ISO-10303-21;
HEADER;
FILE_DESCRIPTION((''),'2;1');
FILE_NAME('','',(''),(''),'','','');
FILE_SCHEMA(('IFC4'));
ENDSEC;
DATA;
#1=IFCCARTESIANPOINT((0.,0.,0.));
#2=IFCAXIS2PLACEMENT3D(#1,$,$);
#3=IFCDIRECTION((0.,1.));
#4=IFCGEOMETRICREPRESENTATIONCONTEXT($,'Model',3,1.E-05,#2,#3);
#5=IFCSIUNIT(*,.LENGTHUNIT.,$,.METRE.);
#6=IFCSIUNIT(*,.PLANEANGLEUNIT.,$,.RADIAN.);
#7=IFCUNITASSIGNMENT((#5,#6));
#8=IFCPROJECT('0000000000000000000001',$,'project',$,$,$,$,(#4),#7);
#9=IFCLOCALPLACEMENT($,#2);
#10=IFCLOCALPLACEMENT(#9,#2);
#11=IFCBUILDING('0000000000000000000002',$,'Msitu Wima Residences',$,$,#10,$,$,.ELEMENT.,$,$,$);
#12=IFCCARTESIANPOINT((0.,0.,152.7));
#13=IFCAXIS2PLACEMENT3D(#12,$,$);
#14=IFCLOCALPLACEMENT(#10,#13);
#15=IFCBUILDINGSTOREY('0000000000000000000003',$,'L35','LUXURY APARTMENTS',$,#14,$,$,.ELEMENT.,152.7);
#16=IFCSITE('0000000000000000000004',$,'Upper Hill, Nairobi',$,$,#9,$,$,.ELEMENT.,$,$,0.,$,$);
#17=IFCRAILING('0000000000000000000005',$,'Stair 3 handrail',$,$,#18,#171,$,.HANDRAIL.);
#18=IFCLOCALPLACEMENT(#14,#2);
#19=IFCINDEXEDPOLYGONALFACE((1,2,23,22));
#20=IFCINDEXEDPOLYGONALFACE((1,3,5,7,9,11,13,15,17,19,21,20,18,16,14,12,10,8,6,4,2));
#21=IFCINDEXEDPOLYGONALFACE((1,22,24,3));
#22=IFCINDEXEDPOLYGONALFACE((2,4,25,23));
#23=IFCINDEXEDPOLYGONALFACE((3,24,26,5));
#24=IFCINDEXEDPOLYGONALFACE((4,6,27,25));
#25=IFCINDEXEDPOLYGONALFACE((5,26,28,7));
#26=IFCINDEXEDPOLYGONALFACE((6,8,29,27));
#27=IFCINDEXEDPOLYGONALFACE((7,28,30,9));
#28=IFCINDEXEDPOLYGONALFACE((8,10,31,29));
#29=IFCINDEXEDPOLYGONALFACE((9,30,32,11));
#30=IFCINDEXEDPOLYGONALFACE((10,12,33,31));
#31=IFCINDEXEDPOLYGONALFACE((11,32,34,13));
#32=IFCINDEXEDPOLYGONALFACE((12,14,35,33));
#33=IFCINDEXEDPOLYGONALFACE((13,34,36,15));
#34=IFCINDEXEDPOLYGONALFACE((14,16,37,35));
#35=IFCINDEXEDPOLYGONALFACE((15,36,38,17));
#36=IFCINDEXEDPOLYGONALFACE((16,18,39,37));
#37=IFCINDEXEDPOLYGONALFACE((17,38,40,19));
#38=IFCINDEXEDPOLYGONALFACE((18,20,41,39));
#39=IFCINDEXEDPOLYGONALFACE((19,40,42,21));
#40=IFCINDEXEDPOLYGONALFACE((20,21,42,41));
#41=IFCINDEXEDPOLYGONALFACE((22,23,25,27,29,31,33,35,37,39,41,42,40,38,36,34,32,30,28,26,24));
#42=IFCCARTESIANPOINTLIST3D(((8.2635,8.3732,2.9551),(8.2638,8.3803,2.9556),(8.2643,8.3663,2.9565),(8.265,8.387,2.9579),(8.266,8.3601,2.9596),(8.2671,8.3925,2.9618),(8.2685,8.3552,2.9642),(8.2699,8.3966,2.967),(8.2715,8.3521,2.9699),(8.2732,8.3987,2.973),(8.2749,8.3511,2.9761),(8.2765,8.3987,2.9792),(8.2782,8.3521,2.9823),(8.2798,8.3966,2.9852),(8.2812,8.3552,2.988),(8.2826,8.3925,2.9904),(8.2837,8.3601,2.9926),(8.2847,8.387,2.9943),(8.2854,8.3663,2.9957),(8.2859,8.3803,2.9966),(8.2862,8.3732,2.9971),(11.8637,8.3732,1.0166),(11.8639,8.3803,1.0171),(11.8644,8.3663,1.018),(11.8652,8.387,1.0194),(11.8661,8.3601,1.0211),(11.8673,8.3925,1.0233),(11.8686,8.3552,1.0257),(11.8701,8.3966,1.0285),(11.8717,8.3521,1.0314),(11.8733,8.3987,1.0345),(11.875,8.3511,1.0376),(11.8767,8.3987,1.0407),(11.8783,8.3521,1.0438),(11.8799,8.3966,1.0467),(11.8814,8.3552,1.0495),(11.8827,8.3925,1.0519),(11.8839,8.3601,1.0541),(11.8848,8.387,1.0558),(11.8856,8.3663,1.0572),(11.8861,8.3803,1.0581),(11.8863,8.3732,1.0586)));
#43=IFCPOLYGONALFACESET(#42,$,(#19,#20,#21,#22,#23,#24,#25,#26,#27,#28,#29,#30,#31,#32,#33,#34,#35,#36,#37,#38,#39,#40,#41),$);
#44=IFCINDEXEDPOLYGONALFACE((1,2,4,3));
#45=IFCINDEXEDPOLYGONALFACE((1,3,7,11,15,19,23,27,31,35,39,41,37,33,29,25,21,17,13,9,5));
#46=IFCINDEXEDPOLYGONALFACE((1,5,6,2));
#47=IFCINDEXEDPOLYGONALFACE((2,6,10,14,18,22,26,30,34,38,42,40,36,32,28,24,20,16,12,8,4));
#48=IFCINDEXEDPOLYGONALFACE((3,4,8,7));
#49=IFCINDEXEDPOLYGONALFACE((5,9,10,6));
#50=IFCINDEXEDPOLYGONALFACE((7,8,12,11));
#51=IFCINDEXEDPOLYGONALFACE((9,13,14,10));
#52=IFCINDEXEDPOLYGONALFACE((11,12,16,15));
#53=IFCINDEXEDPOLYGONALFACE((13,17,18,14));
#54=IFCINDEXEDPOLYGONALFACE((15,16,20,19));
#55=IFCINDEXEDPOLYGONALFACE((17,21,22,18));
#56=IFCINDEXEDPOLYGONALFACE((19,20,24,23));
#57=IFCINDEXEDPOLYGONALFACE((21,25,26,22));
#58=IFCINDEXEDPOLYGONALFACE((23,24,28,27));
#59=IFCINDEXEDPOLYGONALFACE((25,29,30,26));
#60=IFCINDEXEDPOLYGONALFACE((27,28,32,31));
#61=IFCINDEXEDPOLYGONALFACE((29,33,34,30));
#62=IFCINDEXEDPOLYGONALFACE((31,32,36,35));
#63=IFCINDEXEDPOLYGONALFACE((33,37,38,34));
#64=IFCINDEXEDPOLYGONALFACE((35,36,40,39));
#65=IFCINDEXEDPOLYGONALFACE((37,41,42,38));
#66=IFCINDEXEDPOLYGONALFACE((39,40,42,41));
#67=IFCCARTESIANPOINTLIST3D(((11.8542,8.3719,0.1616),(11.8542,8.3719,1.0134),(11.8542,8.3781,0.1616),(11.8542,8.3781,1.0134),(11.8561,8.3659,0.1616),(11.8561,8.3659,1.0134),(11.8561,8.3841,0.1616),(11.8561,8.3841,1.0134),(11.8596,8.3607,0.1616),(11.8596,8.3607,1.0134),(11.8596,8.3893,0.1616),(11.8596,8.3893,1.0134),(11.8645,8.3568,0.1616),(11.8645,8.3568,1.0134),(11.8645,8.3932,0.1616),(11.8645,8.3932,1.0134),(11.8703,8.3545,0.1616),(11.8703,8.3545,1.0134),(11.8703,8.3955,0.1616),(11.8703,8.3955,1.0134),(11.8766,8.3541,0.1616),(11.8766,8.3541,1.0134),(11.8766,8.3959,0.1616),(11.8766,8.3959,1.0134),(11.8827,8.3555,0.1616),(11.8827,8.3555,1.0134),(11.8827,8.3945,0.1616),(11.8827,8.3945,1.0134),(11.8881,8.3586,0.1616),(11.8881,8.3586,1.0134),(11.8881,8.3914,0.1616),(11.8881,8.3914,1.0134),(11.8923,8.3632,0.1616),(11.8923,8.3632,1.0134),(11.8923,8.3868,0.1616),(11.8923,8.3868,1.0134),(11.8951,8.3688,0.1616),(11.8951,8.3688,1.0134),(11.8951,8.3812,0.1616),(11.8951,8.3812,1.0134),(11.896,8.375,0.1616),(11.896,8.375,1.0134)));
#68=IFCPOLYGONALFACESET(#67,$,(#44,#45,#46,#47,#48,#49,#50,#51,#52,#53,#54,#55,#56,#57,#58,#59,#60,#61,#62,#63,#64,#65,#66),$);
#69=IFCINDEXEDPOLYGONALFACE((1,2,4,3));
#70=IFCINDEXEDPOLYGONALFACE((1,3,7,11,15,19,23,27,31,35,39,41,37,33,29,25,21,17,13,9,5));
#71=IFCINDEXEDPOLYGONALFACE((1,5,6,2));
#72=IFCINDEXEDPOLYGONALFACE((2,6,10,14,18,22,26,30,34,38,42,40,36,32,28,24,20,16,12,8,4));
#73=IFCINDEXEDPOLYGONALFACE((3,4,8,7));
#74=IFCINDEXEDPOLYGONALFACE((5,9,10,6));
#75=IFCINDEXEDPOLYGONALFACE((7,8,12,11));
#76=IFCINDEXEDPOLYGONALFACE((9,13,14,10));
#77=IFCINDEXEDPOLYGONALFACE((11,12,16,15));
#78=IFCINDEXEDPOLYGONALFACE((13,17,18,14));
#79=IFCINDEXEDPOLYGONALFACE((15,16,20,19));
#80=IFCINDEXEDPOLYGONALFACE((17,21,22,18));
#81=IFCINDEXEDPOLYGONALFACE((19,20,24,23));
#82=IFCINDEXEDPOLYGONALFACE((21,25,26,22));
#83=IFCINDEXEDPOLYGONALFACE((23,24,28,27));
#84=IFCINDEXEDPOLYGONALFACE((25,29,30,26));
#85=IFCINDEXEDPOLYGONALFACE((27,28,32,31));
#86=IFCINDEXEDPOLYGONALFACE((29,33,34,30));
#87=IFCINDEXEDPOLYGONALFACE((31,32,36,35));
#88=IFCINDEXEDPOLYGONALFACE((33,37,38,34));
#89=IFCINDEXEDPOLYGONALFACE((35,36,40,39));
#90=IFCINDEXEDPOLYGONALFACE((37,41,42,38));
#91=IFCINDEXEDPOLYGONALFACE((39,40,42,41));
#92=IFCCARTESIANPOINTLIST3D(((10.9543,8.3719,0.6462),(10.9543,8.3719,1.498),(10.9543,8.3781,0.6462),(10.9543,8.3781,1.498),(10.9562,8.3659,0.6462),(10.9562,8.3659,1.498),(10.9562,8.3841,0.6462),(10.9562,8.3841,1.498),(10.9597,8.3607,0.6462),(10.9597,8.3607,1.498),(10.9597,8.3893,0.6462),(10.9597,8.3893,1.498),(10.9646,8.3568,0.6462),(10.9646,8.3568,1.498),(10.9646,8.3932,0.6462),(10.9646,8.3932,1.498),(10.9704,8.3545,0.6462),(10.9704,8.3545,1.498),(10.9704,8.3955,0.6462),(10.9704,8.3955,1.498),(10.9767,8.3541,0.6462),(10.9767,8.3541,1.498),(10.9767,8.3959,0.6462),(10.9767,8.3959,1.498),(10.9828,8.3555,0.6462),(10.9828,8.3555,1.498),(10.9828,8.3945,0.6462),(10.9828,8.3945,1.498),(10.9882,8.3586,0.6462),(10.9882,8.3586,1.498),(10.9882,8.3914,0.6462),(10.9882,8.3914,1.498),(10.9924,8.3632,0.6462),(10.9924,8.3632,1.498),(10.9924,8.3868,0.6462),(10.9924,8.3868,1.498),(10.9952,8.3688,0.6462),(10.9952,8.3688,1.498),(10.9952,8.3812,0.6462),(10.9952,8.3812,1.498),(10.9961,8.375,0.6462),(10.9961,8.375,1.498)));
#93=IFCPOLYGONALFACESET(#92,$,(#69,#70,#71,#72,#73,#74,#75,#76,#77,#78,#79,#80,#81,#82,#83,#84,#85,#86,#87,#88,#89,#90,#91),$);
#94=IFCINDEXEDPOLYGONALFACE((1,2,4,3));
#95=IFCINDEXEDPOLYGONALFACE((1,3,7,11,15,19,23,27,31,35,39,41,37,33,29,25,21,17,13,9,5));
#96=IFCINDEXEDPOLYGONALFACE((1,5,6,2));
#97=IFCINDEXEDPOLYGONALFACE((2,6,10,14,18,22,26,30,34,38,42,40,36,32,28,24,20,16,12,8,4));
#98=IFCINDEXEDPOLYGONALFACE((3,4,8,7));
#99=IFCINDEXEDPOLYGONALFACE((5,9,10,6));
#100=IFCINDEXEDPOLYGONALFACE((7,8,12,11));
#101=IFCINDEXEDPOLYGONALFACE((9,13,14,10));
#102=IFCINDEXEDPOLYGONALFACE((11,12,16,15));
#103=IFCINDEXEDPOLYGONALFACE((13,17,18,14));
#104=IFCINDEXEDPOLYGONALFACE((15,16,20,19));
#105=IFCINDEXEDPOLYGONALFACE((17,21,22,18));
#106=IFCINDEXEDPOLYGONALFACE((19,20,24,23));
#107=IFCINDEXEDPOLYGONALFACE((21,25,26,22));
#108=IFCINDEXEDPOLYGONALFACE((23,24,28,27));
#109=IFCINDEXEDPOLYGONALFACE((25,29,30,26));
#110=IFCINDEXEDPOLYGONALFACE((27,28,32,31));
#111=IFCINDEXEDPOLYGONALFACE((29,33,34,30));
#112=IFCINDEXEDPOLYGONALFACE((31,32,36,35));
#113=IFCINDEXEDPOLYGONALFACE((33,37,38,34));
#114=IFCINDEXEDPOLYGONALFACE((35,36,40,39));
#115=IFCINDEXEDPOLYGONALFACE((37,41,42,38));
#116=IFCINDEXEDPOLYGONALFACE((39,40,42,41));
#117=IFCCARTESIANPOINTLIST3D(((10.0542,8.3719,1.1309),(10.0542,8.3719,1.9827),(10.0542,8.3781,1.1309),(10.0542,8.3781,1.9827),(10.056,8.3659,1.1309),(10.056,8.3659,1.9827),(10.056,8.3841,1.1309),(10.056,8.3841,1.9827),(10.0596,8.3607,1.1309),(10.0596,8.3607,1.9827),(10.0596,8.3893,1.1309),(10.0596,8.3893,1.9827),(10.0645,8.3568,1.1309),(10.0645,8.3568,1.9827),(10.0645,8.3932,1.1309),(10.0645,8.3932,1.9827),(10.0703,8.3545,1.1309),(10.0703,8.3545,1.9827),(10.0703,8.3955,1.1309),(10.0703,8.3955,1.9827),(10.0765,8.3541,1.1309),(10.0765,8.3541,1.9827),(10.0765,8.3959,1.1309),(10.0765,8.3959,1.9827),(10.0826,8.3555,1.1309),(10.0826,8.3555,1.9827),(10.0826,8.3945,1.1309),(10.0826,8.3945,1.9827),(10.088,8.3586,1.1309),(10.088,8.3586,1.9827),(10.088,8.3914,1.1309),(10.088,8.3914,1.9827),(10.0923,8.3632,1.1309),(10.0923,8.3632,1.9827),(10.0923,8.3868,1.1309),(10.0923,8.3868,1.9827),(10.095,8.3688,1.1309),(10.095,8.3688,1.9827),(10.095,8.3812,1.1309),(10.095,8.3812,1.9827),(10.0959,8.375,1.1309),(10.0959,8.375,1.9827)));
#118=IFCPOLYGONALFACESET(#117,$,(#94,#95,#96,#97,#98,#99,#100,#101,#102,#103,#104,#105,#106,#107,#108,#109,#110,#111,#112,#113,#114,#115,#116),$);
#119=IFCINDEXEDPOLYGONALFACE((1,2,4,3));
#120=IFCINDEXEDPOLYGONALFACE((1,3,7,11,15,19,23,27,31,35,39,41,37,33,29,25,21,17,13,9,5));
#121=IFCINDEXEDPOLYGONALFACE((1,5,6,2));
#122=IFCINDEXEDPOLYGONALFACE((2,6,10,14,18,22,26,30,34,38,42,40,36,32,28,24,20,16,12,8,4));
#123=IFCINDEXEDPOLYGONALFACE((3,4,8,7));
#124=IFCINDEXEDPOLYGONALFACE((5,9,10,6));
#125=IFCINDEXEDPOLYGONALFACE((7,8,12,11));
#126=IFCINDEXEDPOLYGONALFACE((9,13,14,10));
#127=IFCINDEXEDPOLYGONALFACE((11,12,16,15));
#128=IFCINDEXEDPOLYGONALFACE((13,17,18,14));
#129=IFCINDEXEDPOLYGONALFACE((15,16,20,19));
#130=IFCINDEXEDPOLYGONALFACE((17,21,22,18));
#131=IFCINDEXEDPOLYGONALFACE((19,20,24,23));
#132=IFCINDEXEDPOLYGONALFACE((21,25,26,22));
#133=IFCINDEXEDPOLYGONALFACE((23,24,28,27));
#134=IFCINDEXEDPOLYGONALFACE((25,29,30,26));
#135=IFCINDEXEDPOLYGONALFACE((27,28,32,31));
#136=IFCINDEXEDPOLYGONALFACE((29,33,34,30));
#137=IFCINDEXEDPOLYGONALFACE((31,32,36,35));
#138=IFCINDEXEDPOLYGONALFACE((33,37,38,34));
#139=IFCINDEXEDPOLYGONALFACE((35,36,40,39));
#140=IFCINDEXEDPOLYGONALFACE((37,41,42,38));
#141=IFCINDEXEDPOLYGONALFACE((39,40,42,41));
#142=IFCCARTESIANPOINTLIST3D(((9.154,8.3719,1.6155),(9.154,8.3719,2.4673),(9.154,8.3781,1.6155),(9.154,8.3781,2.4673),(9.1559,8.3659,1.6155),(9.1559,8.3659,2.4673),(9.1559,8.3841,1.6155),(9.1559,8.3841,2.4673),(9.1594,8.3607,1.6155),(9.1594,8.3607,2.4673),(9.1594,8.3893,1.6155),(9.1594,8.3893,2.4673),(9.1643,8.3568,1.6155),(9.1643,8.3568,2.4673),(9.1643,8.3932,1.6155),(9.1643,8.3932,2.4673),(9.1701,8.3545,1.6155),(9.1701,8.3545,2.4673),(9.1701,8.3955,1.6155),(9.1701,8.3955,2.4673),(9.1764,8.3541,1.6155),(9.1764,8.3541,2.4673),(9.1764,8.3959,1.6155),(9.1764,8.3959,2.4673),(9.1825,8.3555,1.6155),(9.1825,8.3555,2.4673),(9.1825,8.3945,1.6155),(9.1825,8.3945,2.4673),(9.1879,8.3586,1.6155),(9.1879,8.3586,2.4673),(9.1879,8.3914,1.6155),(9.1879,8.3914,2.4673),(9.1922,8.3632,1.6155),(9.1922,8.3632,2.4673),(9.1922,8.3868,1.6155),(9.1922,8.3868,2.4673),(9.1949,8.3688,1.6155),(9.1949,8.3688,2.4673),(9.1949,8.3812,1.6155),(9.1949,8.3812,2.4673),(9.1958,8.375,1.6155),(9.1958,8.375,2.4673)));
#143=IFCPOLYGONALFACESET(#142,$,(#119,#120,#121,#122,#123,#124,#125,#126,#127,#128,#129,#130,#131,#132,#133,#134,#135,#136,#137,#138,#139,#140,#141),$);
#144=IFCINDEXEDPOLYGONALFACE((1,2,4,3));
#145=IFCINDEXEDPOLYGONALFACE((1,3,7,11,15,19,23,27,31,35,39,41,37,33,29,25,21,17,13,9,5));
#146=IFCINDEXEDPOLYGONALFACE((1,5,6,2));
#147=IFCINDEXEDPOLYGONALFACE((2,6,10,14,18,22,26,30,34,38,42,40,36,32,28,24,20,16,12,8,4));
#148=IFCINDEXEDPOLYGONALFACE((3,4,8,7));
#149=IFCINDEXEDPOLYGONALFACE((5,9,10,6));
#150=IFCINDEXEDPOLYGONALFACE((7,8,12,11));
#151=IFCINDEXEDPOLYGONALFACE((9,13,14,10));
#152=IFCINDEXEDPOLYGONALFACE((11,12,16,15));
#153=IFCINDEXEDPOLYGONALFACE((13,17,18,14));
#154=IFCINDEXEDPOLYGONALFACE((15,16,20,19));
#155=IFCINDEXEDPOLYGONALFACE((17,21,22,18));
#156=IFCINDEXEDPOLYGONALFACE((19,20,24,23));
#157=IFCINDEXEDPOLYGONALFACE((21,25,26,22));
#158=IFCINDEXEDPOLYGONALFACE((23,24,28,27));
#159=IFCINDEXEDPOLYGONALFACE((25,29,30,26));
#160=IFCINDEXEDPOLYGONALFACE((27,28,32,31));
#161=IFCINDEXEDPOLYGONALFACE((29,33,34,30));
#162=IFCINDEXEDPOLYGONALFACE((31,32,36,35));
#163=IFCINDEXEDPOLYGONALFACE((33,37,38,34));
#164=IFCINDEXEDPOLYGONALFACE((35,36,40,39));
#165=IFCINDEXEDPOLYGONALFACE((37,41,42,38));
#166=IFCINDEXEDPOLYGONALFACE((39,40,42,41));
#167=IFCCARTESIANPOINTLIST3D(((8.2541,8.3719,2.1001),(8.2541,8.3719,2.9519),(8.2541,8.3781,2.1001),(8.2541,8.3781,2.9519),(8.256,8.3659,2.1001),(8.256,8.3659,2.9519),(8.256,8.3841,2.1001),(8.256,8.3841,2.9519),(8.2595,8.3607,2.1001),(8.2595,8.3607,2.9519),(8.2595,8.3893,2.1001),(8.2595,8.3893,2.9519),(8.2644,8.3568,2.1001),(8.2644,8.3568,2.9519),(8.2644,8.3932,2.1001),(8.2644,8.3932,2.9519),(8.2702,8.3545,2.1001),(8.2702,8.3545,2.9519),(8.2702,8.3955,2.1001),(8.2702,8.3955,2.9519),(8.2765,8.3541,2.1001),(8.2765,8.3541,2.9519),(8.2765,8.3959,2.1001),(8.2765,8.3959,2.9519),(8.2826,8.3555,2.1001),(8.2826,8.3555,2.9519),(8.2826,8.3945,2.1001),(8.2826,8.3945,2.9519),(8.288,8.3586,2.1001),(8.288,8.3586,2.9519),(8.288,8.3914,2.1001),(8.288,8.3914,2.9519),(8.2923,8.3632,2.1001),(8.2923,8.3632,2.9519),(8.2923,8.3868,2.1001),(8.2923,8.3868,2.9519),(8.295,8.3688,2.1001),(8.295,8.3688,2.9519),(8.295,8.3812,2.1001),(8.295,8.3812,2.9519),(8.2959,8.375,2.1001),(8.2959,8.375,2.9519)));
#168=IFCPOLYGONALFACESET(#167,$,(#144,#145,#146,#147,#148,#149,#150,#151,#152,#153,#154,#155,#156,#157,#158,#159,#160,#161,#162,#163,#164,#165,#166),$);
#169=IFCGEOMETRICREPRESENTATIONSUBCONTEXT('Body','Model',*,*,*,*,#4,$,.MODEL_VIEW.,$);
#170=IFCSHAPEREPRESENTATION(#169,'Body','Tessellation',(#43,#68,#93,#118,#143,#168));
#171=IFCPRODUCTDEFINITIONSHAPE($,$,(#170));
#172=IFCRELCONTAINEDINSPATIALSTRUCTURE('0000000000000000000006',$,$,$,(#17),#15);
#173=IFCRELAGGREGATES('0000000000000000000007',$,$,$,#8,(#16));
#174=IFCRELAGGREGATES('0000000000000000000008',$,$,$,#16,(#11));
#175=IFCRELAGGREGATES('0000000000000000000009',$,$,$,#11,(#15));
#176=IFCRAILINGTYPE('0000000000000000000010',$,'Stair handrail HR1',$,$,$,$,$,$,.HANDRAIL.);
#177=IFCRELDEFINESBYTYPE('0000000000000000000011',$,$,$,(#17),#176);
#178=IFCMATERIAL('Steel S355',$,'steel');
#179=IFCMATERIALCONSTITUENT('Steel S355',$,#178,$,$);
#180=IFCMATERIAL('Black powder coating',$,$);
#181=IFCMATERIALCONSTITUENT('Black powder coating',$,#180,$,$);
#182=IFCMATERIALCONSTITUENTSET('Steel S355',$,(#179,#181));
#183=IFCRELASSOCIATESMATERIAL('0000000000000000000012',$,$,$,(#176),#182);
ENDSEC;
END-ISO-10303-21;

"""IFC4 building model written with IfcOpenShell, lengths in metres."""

from ifc_helpers import new_model, si_unit, direction, frame, origin, origin_2d, place, context, subcontext, project, spatial, circle, extrude, material, constituent, constituent_set, type_object, element, save


model = new_model("IFC4")

# Units and contexts
model_context = context("Model", 3, precision=1e-05, world=origin(), true_north=direction((0.0, 1.0)))
body_context = subcontext(model_context, "Body", "Model", "MODEL_VIEW")
ifc_project = project(units=[si_unit("LENGTHUNIT", "METRE"), si_unit("PLANEANGLEUNIT", "RADIAN")], contexts=[model_context])

# Site, building, storey
site_placement = place(None, origin())
site = spatial("IfcSite", under=ifc_project, at=site_placement, Name="Upper Hill, Nairobi", CompositionType="ELEMENT", RefElevation=0.0)
building_placement = place(site_placement, origin())
building = spatial("IfcBuilding", under=site, at=building_placement, Name="Msitu Wima Residences", CompositionType="ELEMENT")
storey_placement = place(building_placement, frame((0.0, 0.0, 152.7)))
storey = spatial("IfcBuildingStorey", under=building, at=storey_placement, Name="L35", Description="LUXURY APARTMENTS", CompositionType="ELEMENT", Elevation=152.7)

# Railing
ifc_material_1 = material(Name="Steel S355", Category="steel")
ifc_constituent_1 = constituent(ifc_material_1, Name="Steel S355")
ifc_material_2 = material(Name="Black powder coating")
ifc_constituent_2 = constituent(ifc_material_2, Name="Black powder coating")
ifc_constituent_set_1 = constituent_set(constituents=[ifc_constituent_1, ifc_constituent_2], Name="Steel S355")
railing_type_1 = type_object("IfcRailingType", Name="Stair handrail HR1", PredefinedType="HANDRAIL", material=ifc_constituent_set_1)
for number, where, name in (
    (1, (11.875, 8.375, 0.1616), "Stair 3 handrail"),
):
    element("IfcRailing", number, at=place(storey_placement, frame(where)), inside=storey, type_object=railing_type_1, Name=name, PredefinedType="HANDRAIL", context=body_context, shape_type="SweptSolid", body=[
        extrude(circle(Radius=0.0239, at=origin_2d()), frame((0.0, 0.0, 0.876), z_axis=(-0.880475, 0.0, 0.474093), x_axis=(0.0, -1.0, 0.0)), (0.0, 0.0, 1.0), 4.0889),
        extrude(circle(Radius=0.021, at=origin_2d()), origin(), (0.0, 0.0, 1.0), 0.8518),
        extrude(circle(Radius=0.021, at=origin_2d()), frame((-0.8999, 0.0, 0.4846)), (0.0, 0.0, 1.0), 0.8518),
        extrude(circle(Radius=0.021, at=origin_2d()), frame((-1.8, 0.0, 0.9692)), (0.0, 0.0, 1.0), 0.8518),
        extrude(circle(Radius=0.021, at=origin_2d()), frame((-2.7002, 0.0, 1.4539)), (0.0, 0.0, 1.0), 0.8518),
        extrude(circle(Radius=0.021, at=origin_2d()), frame((-3.6001, 0.0, 1.9385)), (0.0, 0.0, 1.0), 0.8518),
    ])

save(model, "model.ifc")
